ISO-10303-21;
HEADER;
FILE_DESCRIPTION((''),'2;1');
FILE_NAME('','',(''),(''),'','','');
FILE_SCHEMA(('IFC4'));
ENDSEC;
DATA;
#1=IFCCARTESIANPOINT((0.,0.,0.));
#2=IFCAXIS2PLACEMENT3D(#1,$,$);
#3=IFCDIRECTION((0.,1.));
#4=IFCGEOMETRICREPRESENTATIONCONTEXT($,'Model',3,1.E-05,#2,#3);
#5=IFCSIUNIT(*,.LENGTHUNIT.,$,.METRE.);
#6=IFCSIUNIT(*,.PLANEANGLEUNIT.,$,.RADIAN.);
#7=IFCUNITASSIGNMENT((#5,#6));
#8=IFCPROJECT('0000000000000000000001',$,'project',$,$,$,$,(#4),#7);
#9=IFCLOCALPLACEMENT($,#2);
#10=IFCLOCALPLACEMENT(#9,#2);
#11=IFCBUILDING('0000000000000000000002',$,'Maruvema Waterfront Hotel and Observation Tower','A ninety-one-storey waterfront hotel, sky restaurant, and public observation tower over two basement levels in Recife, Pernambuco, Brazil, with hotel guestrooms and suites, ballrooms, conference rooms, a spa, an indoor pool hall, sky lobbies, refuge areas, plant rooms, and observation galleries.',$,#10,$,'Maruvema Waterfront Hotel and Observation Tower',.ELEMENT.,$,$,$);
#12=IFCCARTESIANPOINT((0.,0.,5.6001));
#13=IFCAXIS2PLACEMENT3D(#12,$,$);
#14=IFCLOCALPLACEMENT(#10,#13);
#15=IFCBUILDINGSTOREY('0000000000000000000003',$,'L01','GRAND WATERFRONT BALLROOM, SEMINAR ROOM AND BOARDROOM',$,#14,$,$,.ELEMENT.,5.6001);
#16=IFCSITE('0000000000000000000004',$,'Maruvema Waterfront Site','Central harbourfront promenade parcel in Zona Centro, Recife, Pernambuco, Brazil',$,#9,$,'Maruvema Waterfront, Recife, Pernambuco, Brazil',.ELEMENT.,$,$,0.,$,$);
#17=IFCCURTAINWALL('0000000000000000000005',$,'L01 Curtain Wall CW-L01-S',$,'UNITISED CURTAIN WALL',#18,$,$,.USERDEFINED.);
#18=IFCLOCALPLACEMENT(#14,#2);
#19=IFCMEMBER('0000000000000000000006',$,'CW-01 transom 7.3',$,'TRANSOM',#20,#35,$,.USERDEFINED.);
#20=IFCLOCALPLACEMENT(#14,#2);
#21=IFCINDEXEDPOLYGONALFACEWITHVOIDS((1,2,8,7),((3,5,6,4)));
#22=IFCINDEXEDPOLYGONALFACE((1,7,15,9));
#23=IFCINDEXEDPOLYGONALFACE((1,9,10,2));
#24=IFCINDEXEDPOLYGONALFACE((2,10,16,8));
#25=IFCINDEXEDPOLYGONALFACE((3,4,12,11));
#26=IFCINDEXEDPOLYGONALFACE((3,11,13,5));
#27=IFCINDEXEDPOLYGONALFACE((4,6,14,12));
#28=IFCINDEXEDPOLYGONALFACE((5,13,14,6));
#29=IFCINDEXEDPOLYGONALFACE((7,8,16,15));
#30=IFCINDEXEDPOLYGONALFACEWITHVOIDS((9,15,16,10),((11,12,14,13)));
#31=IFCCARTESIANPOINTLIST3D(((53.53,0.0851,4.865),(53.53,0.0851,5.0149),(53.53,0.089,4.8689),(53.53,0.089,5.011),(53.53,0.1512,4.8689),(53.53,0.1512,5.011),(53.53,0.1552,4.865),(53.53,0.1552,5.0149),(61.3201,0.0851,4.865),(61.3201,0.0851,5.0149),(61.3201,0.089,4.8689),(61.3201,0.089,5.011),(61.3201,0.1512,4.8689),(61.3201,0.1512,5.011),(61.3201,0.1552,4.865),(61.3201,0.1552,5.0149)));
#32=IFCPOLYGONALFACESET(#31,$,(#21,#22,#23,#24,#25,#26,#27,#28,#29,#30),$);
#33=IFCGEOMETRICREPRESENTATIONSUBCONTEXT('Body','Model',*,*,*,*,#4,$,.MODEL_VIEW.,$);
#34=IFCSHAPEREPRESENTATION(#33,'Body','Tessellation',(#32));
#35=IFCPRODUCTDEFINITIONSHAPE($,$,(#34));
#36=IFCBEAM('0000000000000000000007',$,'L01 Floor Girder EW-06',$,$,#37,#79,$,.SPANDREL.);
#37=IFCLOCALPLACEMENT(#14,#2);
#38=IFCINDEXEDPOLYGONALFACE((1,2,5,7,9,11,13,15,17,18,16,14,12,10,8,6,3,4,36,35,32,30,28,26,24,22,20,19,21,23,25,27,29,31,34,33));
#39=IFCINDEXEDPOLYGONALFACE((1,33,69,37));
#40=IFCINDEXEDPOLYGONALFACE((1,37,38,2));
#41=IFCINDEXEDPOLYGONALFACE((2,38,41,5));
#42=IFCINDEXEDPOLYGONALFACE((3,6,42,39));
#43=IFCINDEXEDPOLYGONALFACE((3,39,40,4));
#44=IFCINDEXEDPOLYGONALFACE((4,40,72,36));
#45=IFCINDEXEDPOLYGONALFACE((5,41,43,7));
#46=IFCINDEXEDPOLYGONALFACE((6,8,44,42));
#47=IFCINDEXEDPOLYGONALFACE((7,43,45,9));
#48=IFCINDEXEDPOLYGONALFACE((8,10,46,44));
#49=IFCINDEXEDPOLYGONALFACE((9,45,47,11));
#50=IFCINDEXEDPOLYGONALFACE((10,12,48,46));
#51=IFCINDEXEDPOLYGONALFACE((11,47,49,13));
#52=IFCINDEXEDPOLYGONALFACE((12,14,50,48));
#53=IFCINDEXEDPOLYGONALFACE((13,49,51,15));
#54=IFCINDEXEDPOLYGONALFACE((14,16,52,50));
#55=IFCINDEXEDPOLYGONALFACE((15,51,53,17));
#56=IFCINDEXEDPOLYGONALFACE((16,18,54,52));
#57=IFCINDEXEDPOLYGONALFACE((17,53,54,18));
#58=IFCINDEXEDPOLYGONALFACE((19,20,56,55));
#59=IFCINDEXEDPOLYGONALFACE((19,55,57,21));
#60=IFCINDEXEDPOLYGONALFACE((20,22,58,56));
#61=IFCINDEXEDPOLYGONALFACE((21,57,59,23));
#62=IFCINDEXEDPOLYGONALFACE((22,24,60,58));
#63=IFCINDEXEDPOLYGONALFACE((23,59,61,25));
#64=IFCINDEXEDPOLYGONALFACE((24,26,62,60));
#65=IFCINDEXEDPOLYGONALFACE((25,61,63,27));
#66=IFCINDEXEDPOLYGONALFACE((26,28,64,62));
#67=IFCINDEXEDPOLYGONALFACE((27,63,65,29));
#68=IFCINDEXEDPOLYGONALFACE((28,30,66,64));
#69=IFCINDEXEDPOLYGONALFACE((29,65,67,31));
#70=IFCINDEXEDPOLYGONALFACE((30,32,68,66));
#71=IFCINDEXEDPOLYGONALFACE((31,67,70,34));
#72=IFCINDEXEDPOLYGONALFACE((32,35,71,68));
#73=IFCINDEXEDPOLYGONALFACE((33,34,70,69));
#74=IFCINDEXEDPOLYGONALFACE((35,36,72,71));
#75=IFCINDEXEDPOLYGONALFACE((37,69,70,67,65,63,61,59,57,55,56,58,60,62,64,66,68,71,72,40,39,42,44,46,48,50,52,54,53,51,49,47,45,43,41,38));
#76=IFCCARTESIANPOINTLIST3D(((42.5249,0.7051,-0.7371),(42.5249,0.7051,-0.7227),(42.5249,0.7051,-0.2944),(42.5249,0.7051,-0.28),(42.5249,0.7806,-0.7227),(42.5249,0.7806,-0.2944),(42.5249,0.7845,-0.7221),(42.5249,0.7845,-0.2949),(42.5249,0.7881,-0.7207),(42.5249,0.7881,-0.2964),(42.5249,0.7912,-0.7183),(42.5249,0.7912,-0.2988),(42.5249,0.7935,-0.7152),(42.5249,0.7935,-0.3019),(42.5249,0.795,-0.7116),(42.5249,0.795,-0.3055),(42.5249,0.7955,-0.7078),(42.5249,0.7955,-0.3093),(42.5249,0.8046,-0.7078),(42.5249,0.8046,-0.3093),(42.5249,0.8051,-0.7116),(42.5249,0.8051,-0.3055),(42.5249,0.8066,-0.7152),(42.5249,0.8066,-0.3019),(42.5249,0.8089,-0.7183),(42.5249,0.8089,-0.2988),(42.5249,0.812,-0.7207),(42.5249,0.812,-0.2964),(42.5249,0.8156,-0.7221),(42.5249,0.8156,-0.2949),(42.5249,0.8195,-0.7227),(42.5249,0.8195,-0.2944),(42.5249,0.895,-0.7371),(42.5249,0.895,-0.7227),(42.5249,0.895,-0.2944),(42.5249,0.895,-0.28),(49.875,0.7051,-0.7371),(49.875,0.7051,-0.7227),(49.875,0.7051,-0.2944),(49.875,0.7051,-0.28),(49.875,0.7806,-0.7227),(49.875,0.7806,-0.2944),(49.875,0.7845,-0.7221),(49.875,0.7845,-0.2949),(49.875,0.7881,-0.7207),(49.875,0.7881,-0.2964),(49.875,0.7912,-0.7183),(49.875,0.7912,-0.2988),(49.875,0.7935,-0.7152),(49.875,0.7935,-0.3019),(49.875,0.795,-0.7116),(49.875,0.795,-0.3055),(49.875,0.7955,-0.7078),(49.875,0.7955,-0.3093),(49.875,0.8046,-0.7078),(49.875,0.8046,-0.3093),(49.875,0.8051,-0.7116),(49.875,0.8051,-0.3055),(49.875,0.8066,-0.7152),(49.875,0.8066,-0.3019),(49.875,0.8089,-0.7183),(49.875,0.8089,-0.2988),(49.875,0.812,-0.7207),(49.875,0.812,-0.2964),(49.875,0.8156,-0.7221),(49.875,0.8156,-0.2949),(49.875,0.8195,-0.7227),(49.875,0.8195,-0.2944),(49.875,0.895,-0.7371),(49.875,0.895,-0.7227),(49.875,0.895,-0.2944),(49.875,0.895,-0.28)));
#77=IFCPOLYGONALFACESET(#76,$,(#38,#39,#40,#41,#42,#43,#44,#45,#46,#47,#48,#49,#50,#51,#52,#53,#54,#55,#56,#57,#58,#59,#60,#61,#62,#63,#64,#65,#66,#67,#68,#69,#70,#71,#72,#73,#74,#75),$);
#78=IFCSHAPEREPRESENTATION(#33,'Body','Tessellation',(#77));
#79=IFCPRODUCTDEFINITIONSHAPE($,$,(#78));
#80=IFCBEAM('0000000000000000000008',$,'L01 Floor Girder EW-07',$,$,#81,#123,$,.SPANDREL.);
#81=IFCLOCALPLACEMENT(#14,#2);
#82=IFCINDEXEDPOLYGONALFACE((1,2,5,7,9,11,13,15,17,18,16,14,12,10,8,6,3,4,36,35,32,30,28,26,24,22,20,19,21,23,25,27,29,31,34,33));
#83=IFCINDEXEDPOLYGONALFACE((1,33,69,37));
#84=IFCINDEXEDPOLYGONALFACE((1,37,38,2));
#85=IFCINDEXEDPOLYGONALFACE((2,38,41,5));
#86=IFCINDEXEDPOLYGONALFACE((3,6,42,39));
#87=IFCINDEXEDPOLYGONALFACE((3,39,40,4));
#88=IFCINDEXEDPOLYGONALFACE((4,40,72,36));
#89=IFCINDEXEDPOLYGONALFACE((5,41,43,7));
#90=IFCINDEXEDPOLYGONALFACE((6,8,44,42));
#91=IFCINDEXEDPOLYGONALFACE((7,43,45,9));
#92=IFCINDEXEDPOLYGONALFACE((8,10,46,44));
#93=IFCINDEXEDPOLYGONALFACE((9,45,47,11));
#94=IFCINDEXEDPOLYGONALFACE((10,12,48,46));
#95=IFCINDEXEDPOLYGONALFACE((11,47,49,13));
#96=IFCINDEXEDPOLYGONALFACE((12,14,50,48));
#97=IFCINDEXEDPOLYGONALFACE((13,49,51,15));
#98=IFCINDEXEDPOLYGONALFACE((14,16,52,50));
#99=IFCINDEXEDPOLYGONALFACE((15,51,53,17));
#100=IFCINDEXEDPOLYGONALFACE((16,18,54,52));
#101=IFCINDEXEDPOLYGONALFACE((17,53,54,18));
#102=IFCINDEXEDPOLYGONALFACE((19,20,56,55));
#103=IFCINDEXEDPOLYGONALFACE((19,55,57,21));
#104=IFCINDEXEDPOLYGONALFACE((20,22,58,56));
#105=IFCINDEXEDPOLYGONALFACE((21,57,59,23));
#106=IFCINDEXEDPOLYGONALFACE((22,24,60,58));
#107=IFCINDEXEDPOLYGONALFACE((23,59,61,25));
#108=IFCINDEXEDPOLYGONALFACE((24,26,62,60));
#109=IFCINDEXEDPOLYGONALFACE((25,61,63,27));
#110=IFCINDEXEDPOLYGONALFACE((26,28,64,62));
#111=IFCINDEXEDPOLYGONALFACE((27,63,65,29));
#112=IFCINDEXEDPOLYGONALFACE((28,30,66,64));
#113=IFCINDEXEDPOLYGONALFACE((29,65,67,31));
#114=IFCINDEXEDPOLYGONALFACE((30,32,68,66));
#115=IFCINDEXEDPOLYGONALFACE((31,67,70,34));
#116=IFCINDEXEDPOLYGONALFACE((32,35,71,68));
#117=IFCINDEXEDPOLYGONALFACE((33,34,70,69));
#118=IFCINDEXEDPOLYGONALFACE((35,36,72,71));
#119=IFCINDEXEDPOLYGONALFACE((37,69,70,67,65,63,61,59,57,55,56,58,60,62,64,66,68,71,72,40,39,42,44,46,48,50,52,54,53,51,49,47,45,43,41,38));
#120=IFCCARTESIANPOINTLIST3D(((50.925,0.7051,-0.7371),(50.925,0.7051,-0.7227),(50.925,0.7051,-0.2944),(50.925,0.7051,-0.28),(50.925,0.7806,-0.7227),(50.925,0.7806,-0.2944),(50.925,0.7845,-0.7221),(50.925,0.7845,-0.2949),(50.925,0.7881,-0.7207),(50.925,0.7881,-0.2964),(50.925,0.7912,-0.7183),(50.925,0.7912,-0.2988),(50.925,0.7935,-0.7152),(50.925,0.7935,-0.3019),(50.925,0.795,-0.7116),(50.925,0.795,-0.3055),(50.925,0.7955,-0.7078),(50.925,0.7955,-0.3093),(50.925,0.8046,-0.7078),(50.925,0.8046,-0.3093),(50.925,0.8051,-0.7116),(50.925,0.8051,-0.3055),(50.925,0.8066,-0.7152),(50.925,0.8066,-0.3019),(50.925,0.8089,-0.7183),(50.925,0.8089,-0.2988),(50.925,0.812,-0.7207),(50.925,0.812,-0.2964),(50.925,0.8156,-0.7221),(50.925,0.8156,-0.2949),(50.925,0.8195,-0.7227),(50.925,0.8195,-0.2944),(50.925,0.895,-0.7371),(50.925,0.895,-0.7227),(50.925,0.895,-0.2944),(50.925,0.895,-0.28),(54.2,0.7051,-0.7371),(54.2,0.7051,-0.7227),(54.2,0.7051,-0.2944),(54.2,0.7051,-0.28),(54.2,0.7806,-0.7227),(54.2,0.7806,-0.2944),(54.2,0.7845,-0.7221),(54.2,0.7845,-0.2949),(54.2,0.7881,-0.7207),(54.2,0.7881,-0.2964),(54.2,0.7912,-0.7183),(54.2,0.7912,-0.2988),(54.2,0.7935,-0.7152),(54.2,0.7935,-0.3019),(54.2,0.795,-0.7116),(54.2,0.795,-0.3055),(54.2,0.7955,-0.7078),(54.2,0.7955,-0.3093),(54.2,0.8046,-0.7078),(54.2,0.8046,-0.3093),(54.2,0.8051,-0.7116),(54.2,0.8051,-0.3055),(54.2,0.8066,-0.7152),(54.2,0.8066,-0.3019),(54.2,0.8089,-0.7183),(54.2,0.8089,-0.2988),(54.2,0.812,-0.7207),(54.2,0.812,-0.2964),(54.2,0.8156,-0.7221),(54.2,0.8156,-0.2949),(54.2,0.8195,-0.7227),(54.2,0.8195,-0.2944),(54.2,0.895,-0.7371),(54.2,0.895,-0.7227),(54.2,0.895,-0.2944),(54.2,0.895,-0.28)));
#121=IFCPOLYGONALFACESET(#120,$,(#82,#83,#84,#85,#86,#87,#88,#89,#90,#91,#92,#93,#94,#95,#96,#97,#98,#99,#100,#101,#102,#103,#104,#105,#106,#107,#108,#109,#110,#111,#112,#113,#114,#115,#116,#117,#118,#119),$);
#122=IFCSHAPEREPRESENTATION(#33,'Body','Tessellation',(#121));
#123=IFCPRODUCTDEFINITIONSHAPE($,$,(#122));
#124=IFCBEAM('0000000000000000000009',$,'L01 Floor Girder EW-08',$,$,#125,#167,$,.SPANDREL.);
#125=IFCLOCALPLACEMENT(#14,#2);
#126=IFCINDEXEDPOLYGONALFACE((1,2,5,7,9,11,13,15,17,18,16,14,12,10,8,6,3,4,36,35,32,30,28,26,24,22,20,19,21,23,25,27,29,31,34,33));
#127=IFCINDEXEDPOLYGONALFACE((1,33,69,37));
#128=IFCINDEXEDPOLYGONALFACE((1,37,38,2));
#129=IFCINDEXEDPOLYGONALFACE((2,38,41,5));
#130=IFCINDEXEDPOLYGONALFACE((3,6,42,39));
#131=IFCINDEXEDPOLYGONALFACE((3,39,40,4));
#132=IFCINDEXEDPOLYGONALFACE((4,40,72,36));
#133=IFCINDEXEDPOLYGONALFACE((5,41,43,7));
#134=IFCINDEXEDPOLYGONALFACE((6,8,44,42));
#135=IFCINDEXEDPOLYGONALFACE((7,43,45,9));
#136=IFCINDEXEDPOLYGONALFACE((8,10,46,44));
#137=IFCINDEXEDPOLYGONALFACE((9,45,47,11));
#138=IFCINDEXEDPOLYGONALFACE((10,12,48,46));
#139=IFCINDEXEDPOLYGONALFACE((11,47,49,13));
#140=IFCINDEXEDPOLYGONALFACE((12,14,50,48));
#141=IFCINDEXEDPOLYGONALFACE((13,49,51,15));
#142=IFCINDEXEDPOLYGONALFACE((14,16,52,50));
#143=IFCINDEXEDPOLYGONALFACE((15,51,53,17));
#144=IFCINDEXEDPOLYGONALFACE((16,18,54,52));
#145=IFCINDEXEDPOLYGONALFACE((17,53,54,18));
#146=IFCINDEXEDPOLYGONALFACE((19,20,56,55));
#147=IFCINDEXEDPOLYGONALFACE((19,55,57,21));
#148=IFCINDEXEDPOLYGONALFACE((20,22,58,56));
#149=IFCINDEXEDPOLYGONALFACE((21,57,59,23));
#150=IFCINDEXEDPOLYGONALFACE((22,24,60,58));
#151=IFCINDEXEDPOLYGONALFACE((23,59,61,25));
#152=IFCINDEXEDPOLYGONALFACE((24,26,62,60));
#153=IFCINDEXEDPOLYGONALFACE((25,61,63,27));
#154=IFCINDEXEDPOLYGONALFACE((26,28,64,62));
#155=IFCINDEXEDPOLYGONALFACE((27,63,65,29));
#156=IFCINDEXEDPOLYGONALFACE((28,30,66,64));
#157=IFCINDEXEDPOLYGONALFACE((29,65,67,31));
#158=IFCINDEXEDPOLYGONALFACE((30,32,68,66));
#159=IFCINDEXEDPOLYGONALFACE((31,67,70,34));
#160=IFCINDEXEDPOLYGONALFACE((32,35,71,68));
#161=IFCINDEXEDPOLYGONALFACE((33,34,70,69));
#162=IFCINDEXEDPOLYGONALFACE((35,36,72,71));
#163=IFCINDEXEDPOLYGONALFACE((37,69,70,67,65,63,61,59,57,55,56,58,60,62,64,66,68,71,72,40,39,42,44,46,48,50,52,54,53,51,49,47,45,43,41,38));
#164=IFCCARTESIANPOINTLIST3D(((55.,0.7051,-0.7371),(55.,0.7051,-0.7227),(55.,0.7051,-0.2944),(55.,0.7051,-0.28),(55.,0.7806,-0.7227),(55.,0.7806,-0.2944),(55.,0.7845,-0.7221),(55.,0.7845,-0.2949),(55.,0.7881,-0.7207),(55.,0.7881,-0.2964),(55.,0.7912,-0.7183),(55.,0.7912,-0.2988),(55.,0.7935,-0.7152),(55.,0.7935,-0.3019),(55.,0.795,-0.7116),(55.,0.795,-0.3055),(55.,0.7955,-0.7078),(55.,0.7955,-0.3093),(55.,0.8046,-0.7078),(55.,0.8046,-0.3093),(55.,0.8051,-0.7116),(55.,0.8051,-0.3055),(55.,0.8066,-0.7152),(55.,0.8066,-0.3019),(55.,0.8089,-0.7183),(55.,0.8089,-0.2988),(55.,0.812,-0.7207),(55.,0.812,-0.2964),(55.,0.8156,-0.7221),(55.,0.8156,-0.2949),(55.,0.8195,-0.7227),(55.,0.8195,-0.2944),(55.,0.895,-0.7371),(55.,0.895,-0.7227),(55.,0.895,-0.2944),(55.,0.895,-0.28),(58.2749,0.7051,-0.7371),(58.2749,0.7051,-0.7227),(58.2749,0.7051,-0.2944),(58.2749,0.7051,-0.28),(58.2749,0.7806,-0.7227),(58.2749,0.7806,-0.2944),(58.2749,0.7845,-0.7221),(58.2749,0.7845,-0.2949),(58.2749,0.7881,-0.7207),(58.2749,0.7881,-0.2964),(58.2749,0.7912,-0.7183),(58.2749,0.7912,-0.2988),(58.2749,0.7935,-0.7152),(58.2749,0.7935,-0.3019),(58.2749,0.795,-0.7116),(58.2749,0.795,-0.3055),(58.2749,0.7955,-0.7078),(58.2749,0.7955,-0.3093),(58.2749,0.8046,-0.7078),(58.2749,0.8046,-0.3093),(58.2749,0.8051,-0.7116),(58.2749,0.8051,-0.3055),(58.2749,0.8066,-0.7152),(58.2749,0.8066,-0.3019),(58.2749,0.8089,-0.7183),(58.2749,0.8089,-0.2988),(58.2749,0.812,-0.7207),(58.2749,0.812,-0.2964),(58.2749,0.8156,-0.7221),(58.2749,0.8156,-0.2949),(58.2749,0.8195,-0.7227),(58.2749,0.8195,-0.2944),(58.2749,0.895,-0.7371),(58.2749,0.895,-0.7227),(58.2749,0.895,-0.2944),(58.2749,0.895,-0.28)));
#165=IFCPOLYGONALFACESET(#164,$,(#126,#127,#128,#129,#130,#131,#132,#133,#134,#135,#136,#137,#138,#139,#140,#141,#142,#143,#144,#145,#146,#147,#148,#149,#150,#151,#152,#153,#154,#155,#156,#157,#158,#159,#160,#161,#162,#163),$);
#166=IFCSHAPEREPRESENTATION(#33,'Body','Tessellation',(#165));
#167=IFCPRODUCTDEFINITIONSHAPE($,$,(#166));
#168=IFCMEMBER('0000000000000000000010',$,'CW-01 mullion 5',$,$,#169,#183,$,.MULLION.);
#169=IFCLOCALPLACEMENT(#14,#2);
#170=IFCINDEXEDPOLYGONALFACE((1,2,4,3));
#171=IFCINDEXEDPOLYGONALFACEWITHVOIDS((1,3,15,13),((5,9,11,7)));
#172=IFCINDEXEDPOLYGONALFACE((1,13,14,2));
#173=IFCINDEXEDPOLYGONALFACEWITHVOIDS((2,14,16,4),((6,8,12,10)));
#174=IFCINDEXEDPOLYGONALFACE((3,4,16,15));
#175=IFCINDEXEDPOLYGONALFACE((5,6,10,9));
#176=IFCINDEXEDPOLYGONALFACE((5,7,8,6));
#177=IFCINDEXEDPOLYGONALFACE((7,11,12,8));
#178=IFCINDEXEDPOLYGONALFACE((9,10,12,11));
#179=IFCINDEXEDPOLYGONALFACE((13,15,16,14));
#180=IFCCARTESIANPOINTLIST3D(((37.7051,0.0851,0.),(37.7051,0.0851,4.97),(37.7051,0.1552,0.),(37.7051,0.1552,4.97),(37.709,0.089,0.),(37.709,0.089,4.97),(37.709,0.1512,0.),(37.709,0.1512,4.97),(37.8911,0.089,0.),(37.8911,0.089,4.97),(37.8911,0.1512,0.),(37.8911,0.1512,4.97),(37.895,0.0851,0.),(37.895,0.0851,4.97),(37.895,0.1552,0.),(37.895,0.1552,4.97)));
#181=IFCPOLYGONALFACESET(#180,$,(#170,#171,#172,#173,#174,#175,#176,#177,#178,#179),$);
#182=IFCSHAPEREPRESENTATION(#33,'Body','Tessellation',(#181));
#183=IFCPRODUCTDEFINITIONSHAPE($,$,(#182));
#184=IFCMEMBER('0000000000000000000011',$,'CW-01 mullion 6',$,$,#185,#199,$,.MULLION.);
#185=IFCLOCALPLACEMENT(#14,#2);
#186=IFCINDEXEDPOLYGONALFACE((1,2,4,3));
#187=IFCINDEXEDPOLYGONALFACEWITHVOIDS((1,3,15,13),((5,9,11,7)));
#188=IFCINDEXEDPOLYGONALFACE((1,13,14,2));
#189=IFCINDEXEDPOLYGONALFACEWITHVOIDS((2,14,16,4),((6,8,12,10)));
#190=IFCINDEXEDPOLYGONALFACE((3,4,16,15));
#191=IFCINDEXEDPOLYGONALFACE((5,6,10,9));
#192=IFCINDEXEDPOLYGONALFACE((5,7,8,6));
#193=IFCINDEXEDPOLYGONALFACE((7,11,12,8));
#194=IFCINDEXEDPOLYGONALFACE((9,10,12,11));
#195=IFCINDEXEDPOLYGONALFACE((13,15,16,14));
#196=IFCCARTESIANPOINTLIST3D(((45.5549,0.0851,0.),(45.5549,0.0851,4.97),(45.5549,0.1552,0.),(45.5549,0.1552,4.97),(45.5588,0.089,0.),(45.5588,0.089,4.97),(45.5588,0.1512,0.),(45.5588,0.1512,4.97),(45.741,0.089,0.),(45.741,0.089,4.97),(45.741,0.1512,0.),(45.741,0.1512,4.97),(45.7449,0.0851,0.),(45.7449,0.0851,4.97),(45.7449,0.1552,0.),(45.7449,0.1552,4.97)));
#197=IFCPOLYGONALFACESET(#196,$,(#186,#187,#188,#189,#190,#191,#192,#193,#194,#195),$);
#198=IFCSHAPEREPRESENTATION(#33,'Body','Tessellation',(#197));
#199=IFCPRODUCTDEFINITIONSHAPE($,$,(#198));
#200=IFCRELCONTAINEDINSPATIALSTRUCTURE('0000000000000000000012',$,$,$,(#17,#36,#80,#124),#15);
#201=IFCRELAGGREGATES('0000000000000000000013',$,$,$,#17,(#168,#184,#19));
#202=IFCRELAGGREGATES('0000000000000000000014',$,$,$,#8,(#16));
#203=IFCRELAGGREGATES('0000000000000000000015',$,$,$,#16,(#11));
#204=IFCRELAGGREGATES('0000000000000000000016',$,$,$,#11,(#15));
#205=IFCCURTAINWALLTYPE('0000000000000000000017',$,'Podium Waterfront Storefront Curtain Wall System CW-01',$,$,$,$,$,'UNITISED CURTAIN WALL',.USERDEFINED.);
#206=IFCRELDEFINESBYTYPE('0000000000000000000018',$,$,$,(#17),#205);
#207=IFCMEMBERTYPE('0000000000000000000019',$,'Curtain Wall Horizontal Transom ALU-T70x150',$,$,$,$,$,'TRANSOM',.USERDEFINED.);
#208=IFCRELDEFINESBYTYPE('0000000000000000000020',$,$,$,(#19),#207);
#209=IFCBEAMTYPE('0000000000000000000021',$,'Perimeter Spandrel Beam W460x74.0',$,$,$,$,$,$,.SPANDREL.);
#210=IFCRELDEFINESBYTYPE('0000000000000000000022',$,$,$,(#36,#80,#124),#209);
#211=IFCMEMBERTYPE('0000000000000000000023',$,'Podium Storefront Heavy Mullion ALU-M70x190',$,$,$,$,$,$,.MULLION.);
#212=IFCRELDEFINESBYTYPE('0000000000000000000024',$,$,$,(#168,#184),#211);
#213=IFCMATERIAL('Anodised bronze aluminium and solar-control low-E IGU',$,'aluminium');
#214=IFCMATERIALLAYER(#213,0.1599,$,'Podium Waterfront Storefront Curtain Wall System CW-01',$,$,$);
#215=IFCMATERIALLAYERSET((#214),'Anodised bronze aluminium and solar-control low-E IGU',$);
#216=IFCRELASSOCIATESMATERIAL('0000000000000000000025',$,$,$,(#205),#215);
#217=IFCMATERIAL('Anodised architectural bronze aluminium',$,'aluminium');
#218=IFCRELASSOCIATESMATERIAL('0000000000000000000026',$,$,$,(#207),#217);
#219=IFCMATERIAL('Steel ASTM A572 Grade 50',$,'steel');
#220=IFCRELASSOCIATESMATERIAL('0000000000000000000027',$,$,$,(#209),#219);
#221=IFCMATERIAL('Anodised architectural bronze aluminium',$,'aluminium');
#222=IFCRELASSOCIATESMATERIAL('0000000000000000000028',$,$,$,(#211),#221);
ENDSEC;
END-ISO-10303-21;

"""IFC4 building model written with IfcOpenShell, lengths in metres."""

from ifc_helpers import new_model, si_unit, direction, frame, origin, origin_2d, place, context, subcontext, project, spatial, hollow_rectangle, i_section, extrude, material, layer, layer_set, material_profile, profile_set, type_object, element, aggregate, save


model = new_model("IFC4")

# Units and contexts
model_context = context("Model", 3, precision=1e-05, world=origin(), true_north=direction((0.0, 1.0)))
body_context = subcontext(model_context, "Body", "Model", "MODEL_VIEW")
ifc_project = project(units=[si_unit("LENGTHUNIT", "METRE"), si_unit("PLANEANGLEUNIT", "RADIAN")], contexts=[model_context])

# Site, building, storey
site_placement = place(None, origin())
site = spatial("IfcSite", under=ifc_project, at=site_placement, Name="Maruvema Waterfront Site", Description="Central harbourfront promenade parcel in Zona Centro, Recife, Pernambuco, Brazil", LongName="Maruvema Waterfront, Recife, Pernambuco, Brazil", CompositionType="ELEMENT", RefElevation=0.0)
building_placement = place(site_placement, origin())
building = spatial("IfcBuilding", under=site, at=building_placement, Name="Maruvema Waterfront Hotel and Observation Tower", Description="A ninety-one-storey waterfront hotel, sky restaurant, and public observation tower over two basement levels in Recife, Pernambuco, Brazil, with hotel guestrooms and suites, ballrooms, conference rooms, a spa, an indoor pool hall, sky lobbies, refuge areas, plant rooms, and observation galleries.", LongName="Maruvema Waterfront Hotel and Observation Tower", CompositionType="ELEMENT")
storey_placement = place(building_placement, frame((0.0, 0.0, 5.6001)))
storey = spatial("IfcBuildingStorey", under=building, at=storey_placement, Name="L01", Description="GRAND WATERFRONT BALLROOM, SEMINAR ROOM AND BOARDROOM", CompositionType="ELEMENT", Elevation=5.6001)

# Curtain wall, member
ifc_material_1 = material(Name="Anodised bronze aluminium and solar-control low-E IGU", Category="aluminium")
ifc_layer_1 = layer(ifc_material_1, 0.1599, Name="Podium Waterfront Storefront Curtain Wall System CW-01")
ifc_layer_set_1 = layer_set([ifc_layer_1], Name="Anodised bronze aluminium and solar-control low-E IGU")
curtain_wall_type = type_object("IfcCurtainWallType", Name="Podium Waterfront Storefront Curtain Wall System CW-01", ElementType="UNITISED CURTAIN WALL", PredefinedType="USERDEFINED", material=ifc_layer_set_1)
curtain_wall_placement = place(storey_placement, origin())
curtain_wall = element("IfcCurtainWall", 1, at=curtain_wall_placement, inside=storey, type_object=curtain_wall_type, Name="L01 Curtain Wall CW-L01-S", ObjectType="UNITISED CURTAIN WALL", PredefinedType="USERDEFINED")
ifc_material_2 = material(Name="Anodised architectural bronze aluminium", Category="aluminium")
ifc_material_profile_1 = material_profile(ifc_material_2, hollow_rectangle(XDim=0.0701, YDim=0.1499, WallThickness=0.0039, at=origin_2d()), Name="ALU-T70x150")
ifc_profile_set_1 = profile_set([ifc_material_profile_1], Name="Anodised architectural bronze aluminium")
member_type_1 = type_object("IfcMemberType", Name="Curtain Wall Horizontal Transom ALU-T70x150", ElementType="TRANSOM", PredefinedType="USERDEFINED", material=ifc_profile_set_1)
member_1_placement = place(storey_placement, frame((53.53, 0.1201, 4.9399), z_axis=(1.0, 0.0, 0.0), x_axis=(0.0, 1.0, 0.0)))
member_1 = element("IfcMember", 2, at=member_1_placement, type_object=member_type_1, Name="CW-01 transom 7.3", ObjectType="TRANSOM", PredefinedType="USERDEFINED", context=body_context, shape_type="SweptSolid", body=[
    extrude(hollow_rectangle(XDim=0.0701, YDim=0.1499, WallThickness=0.0039, at=origin_2d()), origin(), (0.0, 0.0, 1.0), 7.79),
])

# Beams
ifc_material_3 = material(Name="Steel ASTM A572 Grade 50", Category="steel")
ifc_material_profile_2 = material_profile(ifc_material_3, i_section(OverallWidth=0.1899, OverallDepth=0.457, WebThickness=0.009, FlangeThickness=0.0144, FilletRadius=0.0149, at=origin_2d()), Name="W460x74.0")
ifc_profile_set_2 = profile_set([ifc_material_profile_2], Name="Steel ASTM A572 Grade 50")
beam_type_1 = type_object("IfcBeamType", Name="Perimeter Spandrel Beam W460x74.0", PredefinedType="SPANDREL", material=ifc_profile_set_2)
beam_1_placement = place(storey_placement, frame((42.5249, 0.8, -0.5085), z_axis=(1.0, 0.0, 0.0), x_axis=(0.0, 1.0, 0.0)))
element("IfcBeam", 3, at=beam_1_placement, inside=storey, type_object=beam_type_1, Name="L01 Floor Girder EW-06", PredefinedType="SPANDREL", context=body_context, shape_type="SweptSolid", body=[
    extrude(i_section(OverallWidth=0.1899, OverallDepth=0.457, WebThickness=0.009, FlangeThickness=0.0144, FilletRadius=0.0149, at=origin_2d()), origin(), (0.0, 0.0, 1.0), 7.3501),
])
for number, where, z_axis, x_axis, name in (
    (4, (50.925, 0.8, -0.5085), (1.0, 0.0, 0.0), (0.0, 1.0, 0.0), "L01 Floor Girder EW-07"),
    (5, (55.0, 0.8, -0.5085), (1.0, 0.0, 0.0), (0.0, 1.0, 0.0), "L01 Floor Girder EW-08"),
):
    element("IfcBeam", number, at=place(storey_placement, frame(where, z_axis=z_axis, x_axis=x_axis)), inside=storey, type_object=beam_type_1, Name=name, PredefinedType="SPANDREL", context=body_context, shape_type="SweptSolid", body=[
        extrude(i_section(OverallWidth=0.1899, OverallDepth=0.457, WebThickness=0.009, FlangeThickness=0.0144, FilletRadius=0.0149, at=origin_2d()), origin(), (0.0, 0.0, 1.0), 3.2749),
    ])

# Members
ifc_material_4 = material(Name="Anodised architectural bronze aluminium", Category="aluminium")
ifc_material_profile_3 = material_profile(ifc_material_4, hollow_rectangle(XDim=0.0701, YDim=0.1899, WallThickness=0.0039, at=origin_2d()), Name="ALU-M70x190")
ifc_profile_set_3 = profile_set([ifc_material_profile_3], Name="Anodised architectural bronze aluminium")
member_type_2 = type_object("IfcMemberType", Name="Podium Storefront Heavy Mullion ALU-M70x190", PredefinedType="MULLION", material=ifc_profile_set_3)
member_2_placement = place(storey_placement, frame((37.8, 0.1201, 0.0), z_axis=(0.0, 0.0, 1.0), x_axis=(0.0, 1.0, 0.0)))
member_2 = element("IfcMember", 6, at=member_2_placement, type_object=member_type_2, Name="CW-01 mullion 5", PredefinedType="MULLION", context=body_context, shape_type="SweptSolid", body=[
    extrude(hollow_rectangle(XDim=0.0701, YDim=0.1899, WallThickness=0.0039, at=origin_2d()), origin(), (0.0, 0.0, 1.0), 4.97),
])
member_3_placement = place(storey_placement, frame((45.6499, 0.1201, 0.0), z_axis=(0.0, 0.0, 1.0), x_axis=(0.0, 1.0, 0.0)))
member_3 = element("IfcMember", 7, at=member_3_placement, type_object=member_type_2, Name="CW-01 mullion 6", PredefinedType="MULLION", context=body_context, shape_type="SweptSolid", body=[
    extrude(hollow_rectangle(XDim=0.0701, YDim=0.1899, WallThickness=0.0039, at=origin_2d()), origin(), (0.0, 0.0, 1.0), 4.97),
])

aggregate(curtain_wall, [member_2, member_3, member_1])

save(model, "model.ifc")
